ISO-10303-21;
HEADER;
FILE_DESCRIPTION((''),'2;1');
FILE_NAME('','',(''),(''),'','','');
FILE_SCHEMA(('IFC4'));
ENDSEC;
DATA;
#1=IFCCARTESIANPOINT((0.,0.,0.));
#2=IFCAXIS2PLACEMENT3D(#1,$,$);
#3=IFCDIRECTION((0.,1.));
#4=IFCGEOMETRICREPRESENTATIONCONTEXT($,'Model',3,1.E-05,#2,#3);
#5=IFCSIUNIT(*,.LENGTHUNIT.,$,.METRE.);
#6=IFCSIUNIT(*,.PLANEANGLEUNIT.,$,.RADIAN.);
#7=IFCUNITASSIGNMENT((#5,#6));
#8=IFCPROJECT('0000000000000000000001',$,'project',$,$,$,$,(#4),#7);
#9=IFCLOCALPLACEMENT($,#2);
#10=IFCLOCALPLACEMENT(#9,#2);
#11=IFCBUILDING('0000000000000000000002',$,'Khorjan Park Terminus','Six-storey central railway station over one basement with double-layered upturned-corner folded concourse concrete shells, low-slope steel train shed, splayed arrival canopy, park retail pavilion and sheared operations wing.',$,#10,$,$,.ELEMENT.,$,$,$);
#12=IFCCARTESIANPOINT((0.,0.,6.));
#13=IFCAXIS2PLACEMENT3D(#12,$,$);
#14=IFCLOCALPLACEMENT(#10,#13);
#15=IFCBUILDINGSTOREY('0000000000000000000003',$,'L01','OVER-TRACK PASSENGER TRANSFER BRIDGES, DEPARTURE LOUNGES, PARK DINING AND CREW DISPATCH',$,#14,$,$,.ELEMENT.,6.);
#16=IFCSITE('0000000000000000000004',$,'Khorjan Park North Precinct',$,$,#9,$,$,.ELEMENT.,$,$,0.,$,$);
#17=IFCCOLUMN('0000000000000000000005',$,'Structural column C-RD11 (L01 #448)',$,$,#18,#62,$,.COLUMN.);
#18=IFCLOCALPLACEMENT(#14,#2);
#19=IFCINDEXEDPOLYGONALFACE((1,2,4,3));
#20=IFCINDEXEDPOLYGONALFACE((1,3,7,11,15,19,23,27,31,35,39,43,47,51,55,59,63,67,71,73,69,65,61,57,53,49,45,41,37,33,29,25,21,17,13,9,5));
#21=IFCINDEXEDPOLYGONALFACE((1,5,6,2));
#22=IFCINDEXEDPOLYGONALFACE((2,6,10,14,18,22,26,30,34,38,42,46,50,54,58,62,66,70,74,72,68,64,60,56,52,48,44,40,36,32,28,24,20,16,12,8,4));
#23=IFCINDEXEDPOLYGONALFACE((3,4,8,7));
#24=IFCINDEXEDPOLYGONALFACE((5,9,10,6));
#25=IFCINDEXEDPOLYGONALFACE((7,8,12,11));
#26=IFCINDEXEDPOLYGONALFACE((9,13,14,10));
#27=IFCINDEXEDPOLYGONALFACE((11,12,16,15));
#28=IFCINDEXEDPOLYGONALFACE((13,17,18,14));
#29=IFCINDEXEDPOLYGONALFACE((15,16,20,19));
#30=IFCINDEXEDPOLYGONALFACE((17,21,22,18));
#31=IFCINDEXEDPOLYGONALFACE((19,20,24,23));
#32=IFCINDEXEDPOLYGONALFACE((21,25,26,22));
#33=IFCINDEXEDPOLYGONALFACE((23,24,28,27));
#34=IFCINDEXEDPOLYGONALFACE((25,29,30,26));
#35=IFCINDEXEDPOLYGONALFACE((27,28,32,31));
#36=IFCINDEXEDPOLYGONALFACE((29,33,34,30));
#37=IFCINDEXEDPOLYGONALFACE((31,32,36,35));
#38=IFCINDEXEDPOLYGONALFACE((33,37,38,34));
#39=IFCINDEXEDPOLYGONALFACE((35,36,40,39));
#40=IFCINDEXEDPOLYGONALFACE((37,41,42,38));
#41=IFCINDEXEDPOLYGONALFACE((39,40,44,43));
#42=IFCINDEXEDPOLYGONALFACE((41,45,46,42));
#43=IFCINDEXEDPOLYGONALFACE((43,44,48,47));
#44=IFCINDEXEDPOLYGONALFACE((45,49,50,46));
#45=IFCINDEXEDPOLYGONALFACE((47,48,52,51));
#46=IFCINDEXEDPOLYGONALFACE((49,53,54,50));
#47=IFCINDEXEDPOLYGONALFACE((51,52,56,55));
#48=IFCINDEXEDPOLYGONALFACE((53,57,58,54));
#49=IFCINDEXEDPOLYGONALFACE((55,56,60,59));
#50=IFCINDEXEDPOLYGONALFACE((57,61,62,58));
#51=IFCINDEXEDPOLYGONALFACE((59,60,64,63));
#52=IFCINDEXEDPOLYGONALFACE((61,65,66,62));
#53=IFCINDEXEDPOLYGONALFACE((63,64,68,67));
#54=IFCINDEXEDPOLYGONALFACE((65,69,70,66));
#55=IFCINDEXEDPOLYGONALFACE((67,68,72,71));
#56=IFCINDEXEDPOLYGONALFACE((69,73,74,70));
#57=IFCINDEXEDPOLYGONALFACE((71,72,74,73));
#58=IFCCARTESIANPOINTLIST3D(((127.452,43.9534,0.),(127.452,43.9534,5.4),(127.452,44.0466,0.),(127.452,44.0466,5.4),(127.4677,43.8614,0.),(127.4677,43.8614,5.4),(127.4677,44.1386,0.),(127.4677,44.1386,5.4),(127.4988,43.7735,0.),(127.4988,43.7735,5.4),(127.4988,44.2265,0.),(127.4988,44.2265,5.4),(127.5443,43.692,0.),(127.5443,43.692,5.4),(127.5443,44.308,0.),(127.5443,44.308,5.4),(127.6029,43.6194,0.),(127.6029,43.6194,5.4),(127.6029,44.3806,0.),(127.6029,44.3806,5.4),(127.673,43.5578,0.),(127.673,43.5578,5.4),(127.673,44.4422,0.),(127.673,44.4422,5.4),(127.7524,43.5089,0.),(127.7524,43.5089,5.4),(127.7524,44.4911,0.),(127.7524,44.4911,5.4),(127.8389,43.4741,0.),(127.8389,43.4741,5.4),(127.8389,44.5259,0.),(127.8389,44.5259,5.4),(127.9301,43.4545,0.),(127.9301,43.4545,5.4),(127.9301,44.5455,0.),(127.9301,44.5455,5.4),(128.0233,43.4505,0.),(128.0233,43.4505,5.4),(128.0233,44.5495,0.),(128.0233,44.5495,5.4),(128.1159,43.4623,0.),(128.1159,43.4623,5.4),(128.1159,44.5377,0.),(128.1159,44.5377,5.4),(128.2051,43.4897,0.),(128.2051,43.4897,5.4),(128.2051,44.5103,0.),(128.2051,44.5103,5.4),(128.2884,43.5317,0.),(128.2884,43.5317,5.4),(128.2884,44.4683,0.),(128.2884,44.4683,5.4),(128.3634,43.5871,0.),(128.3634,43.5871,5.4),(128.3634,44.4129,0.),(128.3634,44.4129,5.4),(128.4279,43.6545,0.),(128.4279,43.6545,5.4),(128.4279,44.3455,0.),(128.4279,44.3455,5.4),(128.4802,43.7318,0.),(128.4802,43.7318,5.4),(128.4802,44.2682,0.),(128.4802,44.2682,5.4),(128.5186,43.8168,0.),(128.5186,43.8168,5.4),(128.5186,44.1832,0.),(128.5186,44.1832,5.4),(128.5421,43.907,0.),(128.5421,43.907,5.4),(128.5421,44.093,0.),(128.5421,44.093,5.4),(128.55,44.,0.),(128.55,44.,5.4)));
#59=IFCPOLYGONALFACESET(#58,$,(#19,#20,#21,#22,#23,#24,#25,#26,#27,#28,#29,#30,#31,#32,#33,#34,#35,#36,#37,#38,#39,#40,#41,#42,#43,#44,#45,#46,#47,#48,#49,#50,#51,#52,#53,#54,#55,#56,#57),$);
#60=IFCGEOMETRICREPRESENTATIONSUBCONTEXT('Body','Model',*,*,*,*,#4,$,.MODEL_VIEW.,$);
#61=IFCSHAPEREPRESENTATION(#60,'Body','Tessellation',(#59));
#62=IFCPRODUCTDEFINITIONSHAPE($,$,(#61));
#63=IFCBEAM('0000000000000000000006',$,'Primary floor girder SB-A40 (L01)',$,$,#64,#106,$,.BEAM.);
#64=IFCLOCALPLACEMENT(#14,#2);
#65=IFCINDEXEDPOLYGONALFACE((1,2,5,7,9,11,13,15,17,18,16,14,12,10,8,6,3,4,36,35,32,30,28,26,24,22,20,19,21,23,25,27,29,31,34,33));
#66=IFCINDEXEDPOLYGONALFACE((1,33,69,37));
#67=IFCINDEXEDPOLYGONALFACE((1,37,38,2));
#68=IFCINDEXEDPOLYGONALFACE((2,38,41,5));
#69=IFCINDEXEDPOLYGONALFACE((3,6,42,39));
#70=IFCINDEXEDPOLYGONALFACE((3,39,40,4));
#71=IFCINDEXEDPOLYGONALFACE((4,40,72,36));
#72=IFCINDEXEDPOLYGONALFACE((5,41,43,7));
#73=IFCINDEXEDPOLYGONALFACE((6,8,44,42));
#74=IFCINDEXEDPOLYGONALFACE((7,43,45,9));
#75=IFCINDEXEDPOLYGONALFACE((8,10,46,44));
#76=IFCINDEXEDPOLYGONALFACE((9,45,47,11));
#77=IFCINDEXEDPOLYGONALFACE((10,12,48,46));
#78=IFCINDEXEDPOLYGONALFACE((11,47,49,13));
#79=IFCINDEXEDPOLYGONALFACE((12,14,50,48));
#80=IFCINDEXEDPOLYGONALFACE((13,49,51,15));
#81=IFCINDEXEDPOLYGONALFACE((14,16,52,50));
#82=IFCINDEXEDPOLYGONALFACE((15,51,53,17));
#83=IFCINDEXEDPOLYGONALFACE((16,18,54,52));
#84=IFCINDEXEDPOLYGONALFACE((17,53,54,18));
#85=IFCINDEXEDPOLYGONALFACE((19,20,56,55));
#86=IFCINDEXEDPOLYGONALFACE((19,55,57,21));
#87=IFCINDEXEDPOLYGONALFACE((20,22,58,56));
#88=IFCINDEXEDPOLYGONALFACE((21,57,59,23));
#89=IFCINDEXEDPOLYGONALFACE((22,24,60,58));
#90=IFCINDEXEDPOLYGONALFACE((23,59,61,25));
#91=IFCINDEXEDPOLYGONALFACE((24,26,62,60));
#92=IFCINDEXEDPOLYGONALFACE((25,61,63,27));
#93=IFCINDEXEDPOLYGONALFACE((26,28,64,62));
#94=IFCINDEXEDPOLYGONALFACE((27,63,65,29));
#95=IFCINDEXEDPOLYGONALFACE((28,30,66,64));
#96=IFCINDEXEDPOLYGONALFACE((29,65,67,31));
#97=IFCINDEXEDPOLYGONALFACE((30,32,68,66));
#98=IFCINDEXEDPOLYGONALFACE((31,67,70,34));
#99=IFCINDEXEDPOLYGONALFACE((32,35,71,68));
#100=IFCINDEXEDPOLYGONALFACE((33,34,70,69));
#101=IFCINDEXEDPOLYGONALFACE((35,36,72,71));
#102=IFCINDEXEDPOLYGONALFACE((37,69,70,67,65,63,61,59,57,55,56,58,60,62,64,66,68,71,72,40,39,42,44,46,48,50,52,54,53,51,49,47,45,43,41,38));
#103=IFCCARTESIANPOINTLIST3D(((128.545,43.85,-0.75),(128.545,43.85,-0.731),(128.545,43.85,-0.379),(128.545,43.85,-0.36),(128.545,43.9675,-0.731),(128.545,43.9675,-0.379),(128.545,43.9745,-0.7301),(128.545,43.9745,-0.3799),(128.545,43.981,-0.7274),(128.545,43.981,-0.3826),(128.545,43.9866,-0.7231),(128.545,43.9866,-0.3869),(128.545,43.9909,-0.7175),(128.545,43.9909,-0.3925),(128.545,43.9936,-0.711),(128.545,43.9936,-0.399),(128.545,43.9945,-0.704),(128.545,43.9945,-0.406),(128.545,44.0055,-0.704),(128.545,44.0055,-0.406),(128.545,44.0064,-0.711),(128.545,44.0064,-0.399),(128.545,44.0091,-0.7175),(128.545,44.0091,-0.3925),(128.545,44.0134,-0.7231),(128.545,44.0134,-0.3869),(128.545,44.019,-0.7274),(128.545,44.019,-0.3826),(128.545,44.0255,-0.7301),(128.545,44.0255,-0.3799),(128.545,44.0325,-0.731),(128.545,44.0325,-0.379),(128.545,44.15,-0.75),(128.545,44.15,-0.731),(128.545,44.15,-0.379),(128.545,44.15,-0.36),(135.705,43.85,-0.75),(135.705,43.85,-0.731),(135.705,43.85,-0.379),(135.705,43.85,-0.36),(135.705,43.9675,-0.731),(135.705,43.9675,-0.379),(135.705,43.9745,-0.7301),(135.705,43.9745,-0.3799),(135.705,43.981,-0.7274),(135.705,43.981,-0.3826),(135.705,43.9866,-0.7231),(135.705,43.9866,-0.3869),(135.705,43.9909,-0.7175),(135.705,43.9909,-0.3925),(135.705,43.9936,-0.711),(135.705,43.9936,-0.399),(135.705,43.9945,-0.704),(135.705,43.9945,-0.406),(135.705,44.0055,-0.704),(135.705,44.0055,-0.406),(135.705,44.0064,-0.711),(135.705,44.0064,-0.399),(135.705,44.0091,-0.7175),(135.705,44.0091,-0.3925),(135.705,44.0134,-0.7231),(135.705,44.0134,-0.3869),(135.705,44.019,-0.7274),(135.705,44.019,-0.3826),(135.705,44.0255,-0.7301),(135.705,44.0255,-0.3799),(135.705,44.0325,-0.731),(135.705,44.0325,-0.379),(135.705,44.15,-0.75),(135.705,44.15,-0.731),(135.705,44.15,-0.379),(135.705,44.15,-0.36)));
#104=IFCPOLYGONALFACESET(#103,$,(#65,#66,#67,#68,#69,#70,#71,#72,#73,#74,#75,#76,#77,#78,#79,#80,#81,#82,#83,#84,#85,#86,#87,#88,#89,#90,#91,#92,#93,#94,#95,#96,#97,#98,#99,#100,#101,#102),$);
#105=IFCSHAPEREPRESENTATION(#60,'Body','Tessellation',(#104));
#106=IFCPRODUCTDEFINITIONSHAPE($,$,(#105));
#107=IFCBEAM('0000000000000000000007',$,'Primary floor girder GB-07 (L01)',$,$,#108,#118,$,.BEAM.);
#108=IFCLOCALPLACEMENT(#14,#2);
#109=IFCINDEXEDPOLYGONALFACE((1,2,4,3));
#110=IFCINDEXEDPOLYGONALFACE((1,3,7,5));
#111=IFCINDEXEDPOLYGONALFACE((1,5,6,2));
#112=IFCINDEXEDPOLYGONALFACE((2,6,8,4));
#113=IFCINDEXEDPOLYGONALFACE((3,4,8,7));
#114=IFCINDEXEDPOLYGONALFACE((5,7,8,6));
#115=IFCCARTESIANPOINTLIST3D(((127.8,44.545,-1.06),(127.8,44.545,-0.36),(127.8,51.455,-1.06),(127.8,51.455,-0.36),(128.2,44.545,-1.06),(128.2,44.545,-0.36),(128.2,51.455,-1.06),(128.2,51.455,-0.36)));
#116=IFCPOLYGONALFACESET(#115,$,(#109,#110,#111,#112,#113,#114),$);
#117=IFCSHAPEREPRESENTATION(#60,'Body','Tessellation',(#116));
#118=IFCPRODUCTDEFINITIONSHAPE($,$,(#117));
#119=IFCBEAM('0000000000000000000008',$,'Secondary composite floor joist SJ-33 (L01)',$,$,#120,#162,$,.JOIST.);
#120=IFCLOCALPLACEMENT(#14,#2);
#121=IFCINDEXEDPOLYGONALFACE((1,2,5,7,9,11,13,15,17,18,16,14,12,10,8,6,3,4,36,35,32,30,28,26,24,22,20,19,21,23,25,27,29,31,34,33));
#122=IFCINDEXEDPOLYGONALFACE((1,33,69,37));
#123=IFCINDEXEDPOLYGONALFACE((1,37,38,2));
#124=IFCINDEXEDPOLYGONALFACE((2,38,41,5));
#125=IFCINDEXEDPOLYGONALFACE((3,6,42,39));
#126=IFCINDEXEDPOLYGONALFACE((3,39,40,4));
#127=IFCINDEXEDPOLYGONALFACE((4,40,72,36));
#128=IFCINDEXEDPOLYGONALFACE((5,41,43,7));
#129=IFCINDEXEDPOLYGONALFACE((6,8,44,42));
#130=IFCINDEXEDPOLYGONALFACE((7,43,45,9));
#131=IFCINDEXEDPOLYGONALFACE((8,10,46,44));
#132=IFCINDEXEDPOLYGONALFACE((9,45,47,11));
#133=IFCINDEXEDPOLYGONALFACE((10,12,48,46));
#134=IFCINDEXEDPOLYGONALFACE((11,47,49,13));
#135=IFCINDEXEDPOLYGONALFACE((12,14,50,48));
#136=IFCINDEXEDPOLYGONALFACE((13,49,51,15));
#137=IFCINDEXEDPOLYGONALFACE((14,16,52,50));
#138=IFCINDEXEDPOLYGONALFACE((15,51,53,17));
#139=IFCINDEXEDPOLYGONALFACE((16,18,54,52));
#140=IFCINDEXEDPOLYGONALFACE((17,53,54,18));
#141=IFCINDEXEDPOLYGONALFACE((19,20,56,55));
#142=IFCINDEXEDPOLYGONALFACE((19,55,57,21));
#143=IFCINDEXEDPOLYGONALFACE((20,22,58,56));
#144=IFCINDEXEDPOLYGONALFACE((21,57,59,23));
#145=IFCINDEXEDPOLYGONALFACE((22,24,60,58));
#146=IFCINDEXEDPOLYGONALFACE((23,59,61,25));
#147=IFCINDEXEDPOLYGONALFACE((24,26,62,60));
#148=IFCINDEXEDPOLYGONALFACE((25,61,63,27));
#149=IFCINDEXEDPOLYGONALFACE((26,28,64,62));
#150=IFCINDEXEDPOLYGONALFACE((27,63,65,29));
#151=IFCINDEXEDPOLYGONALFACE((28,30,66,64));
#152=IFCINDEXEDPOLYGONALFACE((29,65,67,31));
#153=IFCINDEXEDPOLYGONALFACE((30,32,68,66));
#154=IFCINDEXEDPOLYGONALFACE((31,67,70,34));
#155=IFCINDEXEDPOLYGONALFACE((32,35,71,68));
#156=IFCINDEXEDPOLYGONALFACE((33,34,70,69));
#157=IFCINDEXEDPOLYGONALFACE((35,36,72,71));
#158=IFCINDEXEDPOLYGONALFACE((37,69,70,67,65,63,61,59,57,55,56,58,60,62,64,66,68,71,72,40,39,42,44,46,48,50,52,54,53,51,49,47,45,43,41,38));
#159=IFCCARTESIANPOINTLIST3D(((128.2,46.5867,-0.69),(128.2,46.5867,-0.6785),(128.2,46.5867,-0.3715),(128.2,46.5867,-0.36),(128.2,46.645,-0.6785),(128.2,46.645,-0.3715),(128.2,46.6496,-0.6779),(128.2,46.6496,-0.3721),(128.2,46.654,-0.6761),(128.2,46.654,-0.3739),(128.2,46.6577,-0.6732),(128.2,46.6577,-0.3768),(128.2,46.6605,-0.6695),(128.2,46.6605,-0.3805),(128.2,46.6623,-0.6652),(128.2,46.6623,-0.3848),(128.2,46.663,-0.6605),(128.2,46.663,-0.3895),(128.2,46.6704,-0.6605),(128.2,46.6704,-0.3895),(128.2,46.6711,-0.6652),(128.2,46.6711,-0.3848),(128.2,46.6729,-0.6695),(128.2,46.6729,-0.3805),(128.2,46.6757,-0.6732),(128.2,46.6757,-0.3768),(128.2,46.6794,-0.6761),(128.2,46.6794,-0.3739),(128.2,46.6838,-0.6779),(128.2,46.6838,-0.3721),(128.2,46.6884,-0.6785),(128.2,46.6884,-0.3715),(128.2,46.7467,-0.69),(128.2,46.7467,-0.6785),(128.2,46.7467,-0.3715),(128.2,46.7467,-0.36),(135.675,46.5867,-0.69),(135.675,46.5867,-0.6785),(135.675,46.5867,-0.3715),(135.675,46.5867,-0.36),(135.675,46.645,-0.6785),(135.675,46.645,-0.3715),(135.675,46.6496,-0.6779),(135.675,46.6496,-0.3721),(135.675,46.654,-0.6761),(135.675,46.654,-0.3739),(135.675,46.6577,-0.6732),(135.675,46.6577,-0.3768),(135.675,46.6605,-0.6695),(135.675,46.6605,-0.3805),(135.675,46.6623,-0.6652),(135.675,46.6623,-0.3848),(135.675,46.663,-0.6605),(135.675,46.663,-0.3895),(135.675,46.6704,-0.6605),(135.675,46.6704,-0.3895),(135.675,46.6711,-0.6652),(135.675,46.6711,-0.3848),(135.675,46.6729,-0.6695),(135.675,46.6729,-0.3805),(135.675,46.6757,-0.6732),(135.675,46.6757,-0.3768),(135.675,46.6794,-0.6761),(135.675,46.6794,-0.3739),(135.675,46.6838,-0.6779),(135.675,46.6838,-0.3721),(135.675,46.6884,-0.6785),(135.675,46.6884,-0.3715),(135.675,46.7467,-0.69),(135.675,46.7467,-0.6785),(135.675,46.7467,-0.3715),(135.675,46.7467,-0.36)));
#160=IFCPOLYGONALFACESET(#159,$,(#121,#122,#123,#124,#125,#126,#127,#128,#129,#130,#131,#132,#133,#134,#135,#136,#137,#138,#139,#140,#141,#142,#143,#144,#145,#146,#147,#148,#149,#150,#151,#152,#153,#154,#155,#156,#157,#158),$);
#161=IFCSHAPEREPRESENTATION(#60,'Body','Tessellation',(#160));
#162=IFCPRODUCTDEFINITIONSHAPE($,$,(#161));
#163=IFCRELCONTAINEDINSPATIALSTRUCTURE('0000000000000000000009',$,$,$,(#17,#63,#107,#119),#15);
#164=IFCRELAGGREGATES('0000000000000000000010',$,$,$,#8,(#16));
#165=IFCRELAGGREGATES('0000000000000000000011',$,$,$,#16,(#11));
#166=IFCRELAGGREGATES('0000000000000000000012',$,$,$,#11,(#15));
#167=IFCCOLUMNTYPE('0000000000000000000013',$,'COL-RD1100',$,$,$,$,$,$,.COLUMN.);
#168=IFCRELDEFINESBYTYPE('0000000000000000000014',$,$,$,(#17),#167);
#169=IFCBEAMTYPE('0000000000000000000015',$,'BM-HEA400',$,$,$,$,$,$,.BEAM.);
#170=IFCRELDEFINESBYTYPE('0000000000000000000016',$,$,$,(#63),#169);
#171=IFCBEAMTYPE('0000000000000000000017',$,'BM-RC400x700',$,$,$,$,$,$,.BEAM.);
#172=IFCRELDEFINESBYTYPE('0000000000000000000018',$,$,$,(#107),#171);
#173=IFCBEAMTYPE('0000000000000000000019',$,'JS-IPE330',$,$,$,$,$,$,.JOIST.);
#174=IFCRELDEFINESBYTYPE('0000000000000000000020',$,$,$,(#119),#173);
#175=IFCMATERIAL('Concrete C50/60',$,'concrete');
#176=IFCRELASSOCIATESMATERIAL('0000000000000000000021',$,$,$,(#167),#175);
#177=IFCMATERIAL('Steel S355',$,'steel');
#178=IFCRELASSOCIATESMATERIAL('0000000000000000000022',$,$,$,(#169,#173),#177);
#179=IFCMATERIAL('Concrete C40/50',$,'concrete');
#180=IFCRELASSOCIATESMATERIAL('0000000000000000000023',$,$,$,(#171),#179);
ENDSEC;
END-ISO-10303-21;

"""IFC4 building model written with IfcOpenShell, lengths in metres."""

from ifc_helpers import new_model, si_unit, direction, frame, origin, origin_2d, place, context, subcontext, project, spatial, rectangle, circle, i_section, extrude, material, material_profile, profile_set, type_object, element, save


model = new_model("IFC4")

# Units and contexts
model_context = context("Model", 3, precision=1e-05, world=origin(), true_north=direction((0.0, 1.0)))
body_context = subcontext(model_context, "Body", "Model", "MODEL_VIEW")
ifc_project = project(units=[si_unit("LENGTHUNIT", "METRE"), si_unit("PLANEANGLEUNIT", "RADIAN")], contexts=[model_context])

# Site, building, storey
site_placement = place(None, origin())
site = spatial("IfcSite", under=ifc_project, at=site_placement, Name="Khorjan Park North Precinct", CompositionType="ELEMENT", RefElevation=0.0)
building_placement = place(site_placement, origin())
building = spatial("IfcBuilding", under=site, at=building_placement, Name="Khorjan Park Terminus", Description="Six-storey central railway station over one basement with double-layered upturned-corner folded concourse concrete shells, low-slope steel train shed, splayed arrival canopy, park retail pavilion and sheared operations wing.", CompositionType="ELEMENT")
storey_placement = place(building_placement, frame((0.0, 0.0, 6.0)))
storey = spatial("IfcBuildingStorey", under=building, at=storey_placement, Name="L01", Description="OVER-TRACK PASSENGER TRANSFER BRIDGES, DEPARTURE LOUNGES, PARK DINING AND CREW DISPATCH", CompositionType="ELEMENT", Elevation=6.0)

# Column
ifc_material_1 = material(Name="Concrete C50/60", Category="concrete")
ifc_material_profile_1 = material_profile(ifc_material_1, circle(Radius=0.55, at=origin_2d()), Name="RC D1100")
ifc_profile_set_1 = profile_set([ifc_material_profile_1], Name="Concrete C50/60")
column_type = type_object("IfcColumnType", Name="COL-RD1100", PredefinedType="COLUMN", material=ifc_profile_set_1)
column_placement = place(storey_placement, frame((128.0, 44.0, 0.0), z_axis=(0.0, 0.0, 1.0), x_axis=(1.0, 0.0, 0.0)))
element("IfcColumn", 1, at=column_placement, inside=storey, type_object=column_type, Name="Structural column C-RD11 (L01 #448)", PredefinedType="COLUMN", context=body_context, shape_type="SweptSolid", body=[
    extrude(circle(Radius=0.55, at=origin_2d()), origin(), (0.0, 0.0, 1.0), 5.4),
])

# Beams
ifc_material_2 = material(Name="Steel S355", Category="steel")
ifc_material_profile_2 = material_profile(ifc_material_2, i_section(OverallWidth=0.3, OverallDepth=0.39, WebThickness=0.011, FlangeThickness=0.019, FilletRadius=0.027, at=origin_2d()), Name="HEA 400")
ifc_profile_set_2 = profile_set([ifc_material_profile_2], Name="Steel S355")
beam_type_1 = type_object("IfcBeamType", Name="BM-HEA400", PredefinedType="BEAM", material=ifc_profile_set_2)
beam_1_placement = place(storey_placement, frame((128.545, 44.0, -0.555), z_axis=(1.0, 0.0, 0.0), x_axis=(0.0, 1.0, 0.0)))
element("IfcBeam", 2, at=beam_1_placement, inside=storey, type_object=beam_type_1, Name="Primary floor girder SB-A40 (L01)", PredefinedType="BEAM", context=body_context, shape_type="SweptSolid", body=[
    extrude(i_section(OverallWidth=0.3, OverallDepth=0.39, WebThickness=0.011, FlangeThickness=0.019, FilletRadius=0.027, at=origin_2d()), origin(), (0.0, 0.0, 1.0), 7.16),
])
ifc_material_3 = material(Name="Concrete C40/50", Category="concrete")
ifc_material_profile_3 = material_profile(ifc_material_3, rectangle(XDim=0.4, YDim=0.7, at=origin_2d()), Name="RC 400x700")
ifc_profile_set_3 = profile_set([ifc_material_profile_3], Name="Concrete C40/50")
beam_type_2 = type_object("IfcBeamType", Name="BM-RC400x700", PredefinedType="BEAM", material=ifc_profile_set_3)
beam_2_placement = place(storey_placement, frame((128.0, 44.545, -0.71), z_axis=(0.0, 1.0, 0.0), x_axis=(-1.0, 0.0, 0.0)))
element("IfcBeam", 3, at=beam_2_placement, inside=storey, type_object=beam_type_2, Name="Primary floor girder GB-07 (L01)", PredefinedType="BEAM", context=body_context, shape_type="SweptSolid", body=[
    extrude(rectangle(XDim=0.4, YDim=0.7, at=origin_2d()), origin(), (0.0, 0.0, 1.0), 6.91),
])
ifc_material_profile_4 = material_profile(ifc_material_2, i_section(OverallWidth=0.16, OverallDepth=0.33, WebThickness=0.0075, FlangeThickness=0.0115, FilletRadius=0.018, at=origin_2d()), Name="IPE 330")
ifc_profile_set_4 = profile_set([ifc_material_profile_4], Name="Steel S355")
beam_type_3 = type_object("IfcBeamType", Name="JS-IPE330", PredefinedType="JOIST", material=ifc_profile_set_4)
beam_3_placement = place(storey_placement, frame((128.2, 46.6667, -0.525), z_axis=(1.0, 0.0, 0.0), x_axis=(0.0, 1.0, 0.0)))
element("IfcBeam", 4, at=beam_3_placement, inside=storey, type_object=beam_type_3, Name="Secondary composite floor joist SJ-33 (L01)", PredefinedType="JOIST", context=body_context, shape_type="SweptSolid", body=[
    extrude(i_section(OverallWidth=0.16, OverallDepth=0.33, WebThickness=0.0075, FlangeThickness=0.0115, FilletRadius=0.018, at=origin_2d()), origin(), (0.0, 0.0, 1.0), 7.475),
])

save(model, "model.ifc")
